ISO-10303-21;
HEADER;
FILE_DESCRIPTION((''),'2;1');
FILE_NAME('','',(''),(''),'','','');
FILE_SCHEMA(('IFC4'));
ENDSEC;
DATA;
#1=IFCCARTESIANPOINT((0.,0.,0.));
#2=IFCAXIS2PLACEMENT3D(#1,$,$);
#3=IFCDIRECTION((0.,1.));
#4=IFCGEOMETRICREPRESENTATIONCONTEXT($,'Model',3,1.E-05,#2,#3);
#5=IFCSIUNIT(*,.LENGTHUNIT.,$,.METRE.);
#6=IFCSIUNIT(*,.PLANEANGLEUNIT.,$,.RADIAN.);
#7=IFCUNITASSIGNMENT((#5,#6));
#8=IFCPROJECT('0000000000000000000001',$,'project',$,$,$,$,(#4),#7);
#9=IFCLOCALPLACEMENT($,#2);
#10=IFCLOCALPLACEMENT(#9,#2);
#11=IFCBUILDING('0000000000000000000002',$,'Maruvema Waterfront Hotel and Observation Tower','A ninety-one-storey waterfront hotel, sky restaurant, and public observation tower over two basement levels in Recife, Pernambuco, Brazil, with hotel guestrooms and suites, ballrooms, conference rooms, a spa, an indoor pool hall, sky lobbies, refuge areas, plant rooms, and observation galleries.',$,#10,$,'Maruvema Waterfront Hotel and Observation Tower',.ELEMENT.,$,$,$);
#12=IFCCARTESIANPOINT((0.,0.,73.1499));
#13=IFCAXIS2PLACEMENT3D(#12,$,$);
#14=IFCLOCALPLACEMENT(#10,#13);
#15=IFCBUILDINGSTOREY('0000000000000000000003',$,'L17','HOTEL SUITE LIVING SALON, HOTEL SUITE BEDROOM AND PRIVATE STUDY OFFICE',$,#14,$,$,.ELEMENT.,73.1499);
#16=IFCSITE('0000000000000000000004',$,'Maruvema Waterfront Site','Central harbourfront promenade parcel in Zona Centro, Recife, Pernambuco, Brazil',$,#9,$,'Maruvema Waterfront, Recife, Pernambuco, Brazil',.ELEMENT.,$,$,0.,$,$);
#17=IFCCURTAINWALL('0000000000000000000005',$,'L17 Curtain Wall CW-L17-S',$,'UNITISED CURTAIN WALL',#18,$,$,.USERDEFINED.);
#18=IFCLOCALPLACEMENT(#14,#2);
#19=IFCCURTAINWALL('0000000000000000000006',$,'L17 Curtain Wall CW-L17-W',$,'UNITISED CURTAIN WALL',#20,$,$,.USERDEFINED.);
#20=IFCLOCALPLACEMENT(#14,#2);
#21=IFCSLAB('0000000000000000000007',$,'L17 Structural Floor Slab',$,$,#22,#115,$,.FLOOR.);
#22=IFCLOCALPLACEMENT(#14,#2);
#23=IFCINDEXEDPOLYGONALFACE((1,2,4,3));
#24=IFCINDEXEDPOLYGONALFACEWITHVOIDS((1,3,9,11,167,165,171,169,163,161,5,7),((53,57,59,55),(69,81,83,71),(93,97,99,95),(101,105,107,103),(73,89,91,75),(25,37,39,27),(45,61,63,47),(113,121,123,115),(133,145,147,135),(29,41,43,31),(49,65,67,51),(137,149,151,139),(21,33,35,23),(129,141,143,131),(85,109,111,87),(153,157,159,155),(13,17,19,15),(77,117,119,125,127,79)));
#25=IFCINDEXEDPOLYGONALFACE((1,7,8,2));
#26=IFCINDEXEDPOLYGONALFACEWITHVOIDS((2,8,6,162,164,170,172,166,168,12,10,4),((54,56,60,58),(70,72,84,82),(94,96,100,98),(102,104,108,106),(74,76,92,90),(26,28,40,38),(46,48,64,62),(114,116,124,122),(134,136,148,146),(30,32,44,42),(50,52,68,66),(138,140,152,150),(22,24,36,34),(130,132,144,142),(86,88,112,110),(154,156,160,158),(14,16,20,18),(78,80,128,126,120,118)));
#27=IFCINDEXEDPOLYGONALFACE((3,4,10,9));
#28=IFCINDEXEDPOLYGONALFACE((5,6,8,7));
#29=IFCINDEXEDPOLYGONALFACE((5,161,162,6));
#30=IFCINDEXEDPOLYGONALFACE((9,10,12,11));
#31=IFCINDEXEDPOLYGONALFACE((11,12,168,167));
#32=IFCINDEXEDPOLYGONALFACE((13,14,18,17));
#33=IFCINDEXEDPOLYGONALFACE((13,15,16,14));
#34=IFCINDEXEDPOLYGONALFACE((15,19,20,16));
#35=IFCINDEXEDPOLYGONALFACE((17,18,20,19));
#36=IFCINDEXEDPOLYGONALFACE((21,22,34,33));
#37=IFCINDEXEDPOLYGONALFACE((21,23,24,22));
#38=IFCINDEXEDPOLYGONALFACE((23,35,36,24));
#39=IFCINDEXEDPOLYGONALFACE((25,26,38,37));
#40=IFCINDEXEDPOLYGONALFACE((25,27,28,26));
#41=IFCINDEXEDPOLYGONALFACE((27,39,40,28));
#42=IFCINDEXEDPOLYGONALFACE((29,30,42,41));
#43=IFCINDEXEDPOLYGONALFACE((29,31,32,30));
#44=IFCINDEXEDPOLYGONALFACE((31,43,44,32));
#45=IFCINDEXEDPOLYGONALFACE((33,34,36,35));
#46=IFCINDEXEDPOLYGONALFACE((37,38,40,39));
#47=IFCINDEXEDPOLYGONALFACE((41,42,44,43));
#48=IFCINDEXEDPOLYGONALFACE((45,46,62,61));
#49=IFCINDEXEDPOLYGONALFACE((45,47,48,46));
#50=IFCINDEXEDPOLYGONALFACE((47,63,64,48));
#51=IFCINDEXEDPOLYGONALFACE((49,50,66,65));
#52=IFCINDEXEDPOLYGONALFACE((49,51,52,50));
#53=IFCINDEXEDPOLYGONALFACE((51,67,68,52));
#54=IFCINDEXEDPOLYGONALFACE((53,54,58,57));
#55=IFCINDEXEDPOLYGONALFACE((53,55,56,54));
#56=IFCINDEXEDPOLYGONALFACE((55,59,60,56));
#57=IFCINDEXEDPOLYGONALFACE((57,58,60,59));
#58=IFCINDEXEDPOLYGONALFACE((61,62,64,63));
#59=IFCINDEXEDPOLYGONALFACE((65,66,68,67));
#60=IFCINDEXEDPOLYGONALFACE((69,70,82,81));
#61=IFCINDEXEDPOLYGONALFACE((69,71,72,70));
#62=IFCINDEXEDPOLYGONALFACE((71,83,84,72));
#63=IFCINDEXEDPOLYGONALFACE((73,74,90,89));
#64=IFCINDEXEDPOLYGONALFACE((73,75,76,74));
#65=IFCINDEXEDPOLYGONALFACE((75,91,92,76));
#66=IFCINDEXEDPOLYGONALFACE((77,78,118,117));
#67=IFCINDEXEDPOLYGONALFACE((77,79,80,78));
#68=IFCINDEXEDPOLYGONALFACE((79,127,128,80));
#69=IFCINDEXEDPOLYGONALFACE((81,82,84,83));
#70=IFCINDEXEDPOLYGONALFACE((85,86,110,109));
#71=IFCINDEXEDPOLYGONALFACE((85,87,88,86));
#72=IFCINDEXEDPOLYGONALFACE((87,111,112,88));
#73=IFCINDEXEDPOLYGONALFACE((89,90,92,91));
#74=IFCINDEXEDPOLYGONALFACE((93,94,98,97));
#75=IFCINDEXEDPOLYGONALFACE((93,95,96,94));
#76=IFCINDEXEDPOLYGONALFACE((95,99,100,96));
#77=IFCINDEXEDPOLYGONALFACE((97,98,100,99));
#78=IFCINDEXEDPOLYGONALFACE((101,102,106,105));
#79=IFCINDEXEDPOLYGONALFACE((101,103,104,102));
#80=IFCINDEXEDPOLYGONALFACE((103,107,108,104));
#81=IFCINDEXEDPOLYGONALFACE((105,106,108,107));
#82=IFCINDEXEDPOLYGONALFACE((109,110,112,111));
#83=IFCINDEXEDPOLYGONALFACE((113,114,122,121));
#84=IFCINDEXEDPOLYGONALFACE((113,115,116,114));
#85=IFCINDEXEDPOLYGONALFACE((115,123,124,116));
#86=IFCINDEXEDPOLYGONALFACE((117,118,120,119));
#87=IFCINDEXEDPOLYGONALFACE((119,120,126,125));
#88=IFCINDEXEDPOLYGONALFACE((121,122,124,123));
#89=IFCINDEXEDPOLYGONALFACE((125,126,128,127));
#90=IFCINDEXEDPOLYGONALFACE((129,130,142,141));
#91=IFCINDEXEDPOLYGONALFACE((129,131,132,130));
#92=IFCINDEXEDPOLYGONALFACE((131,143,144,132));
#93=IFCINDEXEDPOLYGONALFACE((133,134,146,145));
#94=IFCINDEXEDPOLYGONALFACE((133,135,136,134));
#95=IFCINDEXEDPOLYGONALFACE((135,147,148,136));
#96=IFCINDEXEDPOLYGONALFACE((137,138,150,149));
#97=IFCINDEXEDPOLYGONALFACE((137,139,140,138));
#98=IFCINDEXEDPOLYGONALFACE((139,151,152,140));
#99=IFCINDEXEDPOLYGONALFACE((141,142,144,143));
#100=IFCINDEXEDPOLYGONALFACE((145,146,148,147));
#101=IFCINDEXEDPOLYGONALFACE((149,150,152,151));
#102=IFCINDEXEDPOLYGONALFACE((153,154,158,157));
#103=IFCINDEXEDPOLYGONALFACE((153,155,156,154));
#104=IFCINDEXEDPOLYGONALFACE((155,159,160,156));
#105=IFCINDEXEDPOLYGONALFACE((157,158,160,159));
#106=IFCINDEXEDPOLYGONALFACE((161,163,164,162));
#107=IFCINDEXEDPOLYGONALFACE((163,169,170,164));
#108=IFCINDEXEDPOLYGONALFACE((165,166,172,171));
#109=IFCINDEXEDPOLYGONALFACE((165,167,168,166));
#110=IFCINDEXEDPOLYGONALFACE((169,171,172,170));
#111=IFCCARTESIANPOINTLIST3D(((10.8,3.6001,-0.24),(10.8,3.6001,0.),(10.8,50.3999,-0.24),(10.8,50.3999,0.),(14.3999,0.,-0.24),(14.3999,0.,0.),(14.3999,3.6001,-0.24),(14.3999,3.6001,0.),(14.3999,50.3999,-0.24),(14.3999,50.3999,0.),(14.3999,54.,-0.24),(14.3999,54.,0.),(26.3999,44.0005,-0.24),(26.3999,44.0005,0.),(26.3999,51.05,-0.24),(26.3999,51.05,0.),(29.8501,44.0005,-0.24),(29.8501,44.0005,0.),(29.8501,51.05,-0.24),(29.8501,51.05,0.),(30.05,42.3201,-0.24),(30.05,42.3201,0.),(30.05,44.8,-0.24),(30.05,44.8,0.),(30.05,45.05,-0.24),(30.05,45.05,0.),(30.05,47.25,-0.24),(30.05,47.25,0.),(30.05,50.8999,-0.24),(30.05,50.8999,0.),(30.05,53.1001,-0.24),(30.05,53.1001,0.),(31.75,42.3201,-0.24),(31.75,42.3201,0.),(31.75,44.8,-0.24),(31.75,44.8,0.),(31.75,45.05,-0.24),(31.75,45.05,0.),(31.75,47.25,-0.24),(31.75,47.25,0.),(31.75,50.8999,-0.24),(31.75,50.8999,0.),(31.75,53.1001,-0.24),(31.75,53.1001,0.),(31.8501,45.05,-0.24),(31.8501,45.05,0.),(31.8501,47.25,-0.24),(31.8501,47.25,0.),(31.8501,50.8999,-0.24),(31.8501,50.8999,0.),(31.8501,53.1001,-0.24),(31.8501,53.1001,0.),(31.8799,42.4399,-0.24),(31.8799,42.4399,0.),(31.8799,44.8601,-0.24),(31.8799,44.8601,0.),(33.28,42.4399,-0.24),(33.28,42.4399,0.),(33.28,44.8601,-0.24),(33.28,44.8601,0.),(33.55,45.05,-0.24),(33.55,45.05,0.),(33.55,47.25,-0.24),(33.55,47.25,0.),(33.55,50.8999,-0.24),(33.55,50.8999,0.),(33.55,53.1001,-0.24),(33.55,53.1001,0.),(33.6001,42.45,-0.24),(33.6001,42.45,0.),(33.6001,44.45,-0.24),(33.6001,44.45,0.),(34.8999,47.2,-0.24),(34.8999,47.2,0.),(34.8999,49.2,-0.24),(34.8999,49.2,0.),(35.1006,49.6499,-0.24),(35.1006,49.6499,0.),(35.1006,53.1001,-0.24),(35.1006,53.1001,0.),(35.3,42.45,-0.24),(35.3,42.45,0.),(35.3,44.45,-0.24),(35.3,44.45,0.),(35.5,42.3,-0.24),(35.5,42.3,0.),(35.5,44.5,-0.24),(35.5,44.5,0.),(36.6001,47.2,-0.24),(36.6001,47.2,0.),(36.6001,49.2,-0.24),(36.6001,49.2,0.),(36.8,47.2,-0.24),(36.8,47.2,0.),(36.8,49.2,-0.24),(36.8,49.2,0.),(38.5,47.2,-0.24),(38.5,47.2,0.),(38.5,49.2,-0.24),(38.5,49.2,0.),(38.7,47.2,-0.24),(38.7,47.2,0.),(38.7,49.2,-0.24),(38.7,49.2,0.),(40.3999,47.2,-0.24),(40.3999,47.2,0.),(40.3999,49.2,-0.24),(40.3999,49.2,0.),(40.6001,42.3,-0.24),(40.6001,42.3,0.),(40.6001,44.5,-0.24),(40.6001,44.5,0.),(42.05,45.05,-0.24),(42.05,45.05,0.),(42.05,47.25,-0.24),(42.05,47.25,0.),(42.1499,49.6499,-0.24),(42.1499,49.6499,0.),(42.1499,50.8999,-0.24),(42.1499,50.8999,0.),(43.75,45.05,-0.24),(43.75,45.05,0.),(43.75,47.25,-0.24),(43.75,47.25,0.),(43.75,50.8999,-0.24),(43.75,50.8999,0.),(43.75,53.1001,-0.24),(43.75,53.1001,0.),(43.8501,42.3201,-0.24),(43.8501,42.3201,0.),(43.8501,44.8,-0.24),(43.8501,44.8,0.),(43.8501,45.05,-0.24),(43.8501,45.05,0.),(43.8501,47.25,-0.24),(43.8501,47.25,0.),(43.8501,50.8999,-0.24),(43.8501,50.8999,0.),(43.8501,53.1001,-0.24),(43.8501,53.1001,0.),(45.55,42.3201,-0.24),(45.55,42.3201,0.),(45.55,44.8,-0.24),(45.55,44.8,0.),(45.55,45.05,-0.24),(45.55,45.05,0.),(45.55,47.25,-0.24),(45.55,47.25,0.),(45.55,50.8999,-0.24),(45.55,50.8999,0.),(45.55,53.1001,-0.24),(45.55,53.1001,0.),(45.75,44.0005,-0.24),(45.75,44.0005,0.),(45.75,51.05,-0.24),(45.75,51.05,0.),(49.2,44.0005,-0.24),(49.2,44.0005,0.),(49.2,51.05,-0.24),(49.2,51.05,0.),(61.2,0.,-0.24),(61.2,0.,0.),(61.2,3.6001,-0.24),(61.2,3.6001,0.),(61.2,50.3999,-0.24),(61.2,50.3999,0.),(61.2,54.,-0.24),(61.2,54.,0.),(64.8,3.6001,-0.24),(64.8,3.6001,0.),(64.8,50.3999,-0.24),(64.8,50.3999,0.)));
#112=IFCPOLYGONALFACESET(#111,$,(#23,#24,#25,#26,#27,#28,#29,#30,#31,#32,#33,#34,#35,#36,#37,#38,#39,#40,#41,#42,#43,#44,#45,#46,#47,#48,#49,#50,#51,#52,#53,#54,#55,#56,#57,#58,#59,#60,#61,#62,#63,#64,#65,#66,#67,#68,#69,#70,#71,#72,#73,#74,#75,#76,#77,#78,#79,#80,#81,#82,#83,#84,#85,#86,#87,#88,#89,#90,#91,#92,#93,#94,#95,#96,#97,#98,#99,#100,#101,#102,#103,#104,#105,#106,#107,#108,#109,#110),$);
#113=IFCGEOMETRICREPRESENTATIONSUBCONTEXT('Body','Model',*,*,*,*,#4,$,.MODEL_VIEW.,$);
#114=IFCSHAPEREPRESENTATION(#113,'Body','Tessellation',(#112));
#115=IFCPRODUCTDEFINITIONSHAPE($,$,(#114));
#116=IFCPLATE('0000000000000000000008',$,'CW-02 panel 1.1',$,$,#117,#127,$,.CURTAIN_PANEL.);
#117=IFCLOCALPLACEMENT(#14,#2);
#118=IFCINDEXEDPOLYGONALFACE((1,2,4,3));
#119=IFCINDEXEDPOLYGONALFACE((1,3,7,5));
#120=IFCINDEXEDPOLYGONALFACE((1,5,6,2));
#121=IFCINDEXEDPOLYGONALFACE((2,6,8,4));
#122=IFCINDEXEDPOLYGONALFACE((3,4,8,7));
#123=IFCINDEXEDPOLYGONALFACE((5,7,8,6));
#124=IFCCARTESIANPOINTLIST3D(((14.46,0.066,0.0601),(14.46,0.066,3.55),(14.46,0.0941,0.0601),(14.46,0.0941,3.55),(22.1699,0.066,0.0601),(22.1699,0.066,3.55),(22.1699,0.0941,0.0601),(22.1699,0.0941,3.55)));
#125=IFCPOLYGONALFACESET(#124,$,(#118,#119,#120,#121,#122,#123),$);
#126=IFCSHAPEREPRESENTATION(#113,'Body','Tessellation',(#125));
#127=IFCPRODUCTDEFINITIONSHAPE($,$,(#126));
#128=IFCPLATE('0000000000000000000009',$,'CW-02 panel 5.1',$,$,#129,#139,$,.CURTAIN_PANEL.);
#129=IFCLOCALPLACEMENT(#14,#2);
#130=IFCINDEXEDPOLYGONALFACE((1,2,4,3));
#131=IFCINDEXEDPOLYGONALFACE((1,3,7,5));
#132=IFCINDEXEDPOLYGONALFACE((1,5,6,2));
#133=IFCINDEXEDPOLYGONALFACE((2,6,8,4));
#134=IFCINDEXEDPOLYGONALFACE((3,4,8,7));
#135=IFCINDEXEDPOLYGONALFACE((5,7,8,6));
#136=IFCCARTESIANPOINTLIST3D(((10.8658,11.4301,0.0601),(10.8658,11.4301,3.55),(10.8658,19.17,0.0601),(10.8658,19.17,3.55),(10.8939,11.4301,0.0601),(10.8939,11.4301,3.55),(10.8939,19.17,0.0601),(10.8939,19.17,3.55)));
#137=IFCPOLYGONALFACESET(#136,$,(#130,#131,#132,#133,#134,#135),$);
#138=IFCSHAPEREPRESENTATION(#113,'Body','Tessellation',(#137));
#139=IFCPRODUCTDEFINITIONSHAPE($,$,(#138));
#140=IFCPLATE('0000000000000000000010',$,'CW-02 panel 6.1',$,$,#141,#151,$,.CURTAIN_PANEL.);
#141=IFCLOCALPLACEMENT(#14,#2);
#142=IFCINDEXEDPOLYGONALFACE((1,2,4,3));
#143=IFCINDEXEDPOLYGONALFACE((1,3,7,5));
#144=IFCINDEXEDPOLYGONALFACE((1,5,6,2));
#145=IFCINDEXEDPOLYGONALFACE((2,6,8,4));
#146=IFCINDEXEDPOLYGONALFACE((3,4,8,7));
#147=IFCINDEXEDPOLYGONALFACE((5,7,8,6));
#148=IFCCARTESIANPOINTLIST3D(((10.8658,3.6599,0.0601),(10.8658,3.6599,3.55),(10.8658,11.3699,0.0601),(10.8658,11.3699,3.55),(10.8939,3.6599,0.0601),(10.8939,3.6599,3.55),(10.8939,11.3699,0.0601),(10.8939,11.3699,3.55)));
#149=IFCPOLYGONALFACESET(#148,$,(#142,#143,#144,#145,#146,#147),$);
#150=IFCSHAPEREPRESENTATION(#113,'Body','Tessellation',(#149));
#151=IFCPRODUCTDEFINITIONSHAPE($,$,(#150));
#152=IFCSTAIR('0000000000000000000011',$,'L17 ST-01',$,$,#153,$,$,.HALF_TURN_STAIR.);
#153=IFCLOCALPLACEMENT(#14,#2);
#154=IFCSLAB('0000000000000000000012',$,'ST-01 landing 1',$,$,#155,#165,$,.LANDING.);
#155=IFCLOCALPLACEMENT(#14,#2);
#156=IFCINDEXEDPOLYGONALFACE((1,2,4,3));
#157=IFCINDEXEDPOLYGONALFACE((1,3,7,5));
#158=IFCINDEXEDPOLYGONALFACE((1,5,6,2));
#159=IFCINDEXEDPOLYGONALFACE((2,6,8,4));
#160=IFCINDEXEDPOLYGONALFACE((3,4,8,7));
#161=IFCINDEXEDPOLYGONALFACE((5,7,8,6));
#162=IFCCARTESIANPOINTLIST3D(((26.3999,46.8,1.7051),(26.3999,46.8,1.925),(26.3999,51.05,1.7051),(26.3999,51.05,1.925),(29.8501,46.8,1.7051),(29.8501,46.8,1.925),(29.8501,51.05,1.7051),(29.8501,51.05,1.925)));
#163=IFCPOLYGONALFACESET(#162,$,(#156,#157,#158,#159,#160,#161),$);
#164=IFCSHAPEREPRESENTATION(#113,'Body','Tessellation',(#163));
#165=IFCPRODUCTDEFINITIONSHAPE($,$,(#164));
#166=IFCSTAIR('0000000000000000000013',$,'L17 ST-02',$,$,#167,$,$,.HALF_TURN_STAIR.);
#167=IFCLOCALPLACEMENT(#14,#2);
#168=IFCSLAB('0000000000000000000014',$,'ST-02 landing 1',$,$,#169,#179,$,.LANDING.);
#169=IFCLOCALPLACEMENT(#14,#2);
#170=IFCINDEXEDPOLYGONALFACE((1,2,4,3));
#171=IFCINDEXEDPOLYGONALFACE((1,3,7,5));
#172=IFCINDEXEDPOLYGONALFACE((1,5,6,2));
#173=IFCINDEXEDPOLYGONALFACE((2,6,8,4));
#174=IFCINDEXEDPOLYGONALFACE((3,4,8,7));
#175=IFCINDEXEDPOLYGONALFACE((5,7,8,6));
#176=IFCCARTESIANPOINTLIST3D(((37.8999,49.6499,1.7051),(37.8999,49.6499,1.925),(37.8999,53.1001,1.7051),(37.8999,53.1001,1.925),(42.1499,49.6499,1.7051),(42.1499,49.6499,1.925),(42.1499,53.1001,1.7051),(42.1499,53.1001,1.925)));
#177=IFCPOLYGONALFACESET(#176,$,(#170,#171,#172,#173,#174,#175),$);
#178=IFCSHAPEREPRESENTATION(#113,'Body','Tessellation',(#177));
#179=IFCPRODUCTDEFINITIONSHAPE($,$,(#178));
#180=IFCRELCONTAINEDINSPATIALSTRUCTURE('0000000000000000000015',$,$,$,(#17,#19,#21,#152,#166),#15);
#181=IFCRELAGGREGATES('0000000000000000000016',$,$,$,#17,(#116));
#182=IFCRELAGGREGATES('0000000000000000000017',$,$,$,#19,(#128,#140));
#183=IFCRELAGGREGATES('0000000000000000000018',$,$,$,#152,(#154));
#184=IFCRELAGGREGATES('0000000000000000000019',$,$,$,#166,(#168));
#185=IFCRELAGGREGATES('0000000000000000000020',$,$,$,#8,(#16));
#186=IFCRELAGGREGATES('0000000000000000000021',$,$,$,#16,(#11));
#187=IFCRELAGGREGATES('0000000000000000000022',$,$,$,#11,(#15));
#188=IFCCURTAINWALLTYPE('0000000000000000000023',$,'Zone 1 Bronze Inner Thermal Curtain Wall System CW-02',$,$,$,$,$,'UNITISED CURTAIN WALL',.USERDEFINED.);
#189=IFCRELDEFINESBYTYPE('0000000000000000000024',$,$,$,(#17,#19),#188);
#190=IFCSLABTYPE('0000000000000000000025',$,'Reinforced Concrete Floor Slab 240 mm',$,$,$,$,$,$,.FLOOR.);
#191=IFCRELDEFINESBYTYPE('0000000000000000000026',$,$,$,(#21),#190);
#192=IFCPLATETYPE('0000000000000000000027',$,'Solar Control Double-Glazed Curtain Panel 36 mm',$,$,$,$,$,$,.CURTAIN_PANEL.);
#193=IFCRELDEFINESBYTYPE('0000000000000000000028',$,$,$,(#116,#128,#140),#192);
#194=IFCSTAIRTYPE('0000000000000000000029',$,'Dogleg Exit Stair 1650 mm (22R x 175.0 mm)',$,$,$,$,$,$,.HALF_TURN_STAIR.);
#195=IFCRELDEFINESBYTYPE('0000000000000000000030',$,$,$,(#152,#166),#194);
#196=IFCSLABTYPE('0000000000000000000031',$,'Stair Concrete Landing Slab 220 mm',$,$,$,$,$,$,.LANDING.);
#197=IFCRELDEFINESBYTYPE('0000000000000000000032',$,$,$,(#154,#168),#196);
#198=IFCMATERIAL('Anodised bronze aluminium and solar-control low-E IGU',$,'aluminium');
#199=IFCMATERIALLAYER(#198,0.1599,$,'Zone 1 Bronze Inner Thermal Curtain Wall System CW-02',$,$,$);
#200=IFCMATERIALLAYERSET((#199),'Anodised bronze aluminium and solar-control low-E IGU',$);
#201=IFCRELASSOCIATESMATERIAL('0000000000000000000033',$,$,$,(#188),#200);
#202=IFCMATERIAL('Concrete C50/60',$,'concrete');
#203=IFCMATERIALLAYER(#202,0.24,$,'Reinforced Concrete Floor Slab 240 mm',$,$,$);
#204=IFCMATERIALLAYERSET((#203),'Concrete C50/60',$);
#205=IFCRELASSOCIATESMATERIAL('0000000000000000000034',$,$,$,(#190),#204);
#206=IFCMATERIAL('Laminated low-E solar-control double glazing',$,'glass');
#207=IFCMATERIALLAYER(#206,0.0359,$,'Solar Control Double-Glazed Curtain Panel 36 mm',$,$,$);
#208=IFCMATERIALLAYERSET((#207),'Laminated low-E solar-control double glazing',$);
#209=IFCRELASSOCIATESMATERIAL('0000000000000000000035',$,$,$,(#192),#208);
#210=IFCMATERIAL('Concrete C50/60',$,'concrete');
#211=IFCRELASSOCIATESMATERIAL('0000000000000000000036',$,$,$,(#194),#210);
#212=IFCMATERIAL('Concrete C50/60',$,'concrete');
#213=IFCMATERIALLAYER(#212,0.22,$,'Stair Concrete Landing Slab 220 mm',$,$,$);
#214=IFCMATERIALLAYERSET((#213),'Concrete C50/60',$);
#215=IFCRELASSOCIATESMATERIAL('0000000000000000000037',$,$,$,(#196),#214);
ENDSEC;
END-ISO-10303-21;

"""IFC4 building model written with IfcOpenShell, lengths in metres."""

from ifc_helpers import new_model, si_unit, direction, frame, origin, origin_2d, place, context, subcontext, project, spatial, polyline, rectangle, outline, extrude, material, layer, layer_set, type_object, element, aggregate, save


model = new_model("IFC4")

# Units and contexts
model_context = context("Model", 3, precision=1e-05, world=origin(), true_north=direction((0.0, 1.0)))
body_context = subcontext(model_context, "Body", "Model", "MODEL_VIEW")
ifc_project = project(units=[si_unit("LENGTHUNIT", "METRE"), si_unit("PLANEANGLEUNIT", "RADIAN")], contexts=[model_context])

# Site, building, storey
site_placement = place(None, origin())
site = spatial("IfcSite", under=ifc_project, at=site_placement, Name="Maruvema Waterfront Site", Description="Central harbourfront promenade parcel in Zona Centro, Recife, Pernambuco, Brazil", LongName="Maruvema Waterfront, Recife, Pernambuco, Brazil", CompositionType="ELEMENT", RefElevation=0.0)
building_placement = place(site_placement, origin())
building = spatial("IfcBuilding", under=site, at=building_placement, Name="Maruvema Waterfront Hotel and Observation Tower", Description="A ninety-one-storey waterfront hotel, sky restaurant, and public observation tower over two basement levels in Recife, Pernambuco, Brazil, with hotel guestrooms and suites, ballrooms, conference rooms, a spa, an indoor pool hall, sky lobbies, refuge areas, plant rooms, and observation galleries.", LongName="Maruvema Waterfront Hotel and Observation Tower", CompositionType="ELEMENT")
storey_placement = place(building_placement, frame((0.0, 0.0, 73.1499)))
storey = spatial("IfcBuildingStorey", under=building, at=storey_placement, Name="L17", Description="HOTEL SUITE LIVING SALON, HOTEL SUITE BEDROOM AND PRIVATE STUDY OFFICE", CompositionType="ELEMENT", Elevation=73.1499)

# Curtain walls
ifc_material_1 = material(Name="Anodised bronze aluminium and solar-control low-E IGU", Category="aluminium")
ifc_layer_1 = layer(ifc_material_1, 0.1599, Name="Zone 1 Bronze Inner Thermal Curtain Wall System CW-02")
ifc_layer_set_1 = layer_set([ifc_layer_1], Name="Anodised bronze aluminium and solar-control low-E IGU")
curtain_wall_type = type_object("IfcCurtainWallType", Name="Zone 1 Bronze Inner Thermal Curtain Wall System CW-02", ElementType="UNITISED CURTAIN WALL", PredefinedType="USERDEFINED", material=ifc_layer_set_1)
curtain_wall_1_placement = place(storey_placement, origin())
curtain_wall_1 = element("IfcCurtainWall", 1, at=curtain_wall_1_placement, inside=storey, type_object=curtain_wall_type, Name="L17 Curtain Wall CW-L17-S", ObjectType="UNITISED CURTAIN WALL", PredefinedType="USERDEFINED")
curtain_wall_2_placement = place(storey_placement, origin())
curtain_wall_2 = element("IfcCurtainWall", 2, at=curtain_wall_2_placement, inside=storey, type_object=curtain_wall_type, Name="L17 Curtain Wall CW-L17-W", ObjectType="UNITISED CURTAIN WALL", PredefinedType="USERDEFINED")

# Slab
ifc_material_2 = material(Name="Concrete C50/60", Category="concrete")
ifc_layer_2 = layer(ifc_material_2, 0.24, Name="Reinforced Concrete Floor Slab 240 mm")
ifc_layer_set_2 = layer_set([ifc_layer_2], Name="Concrete C50/60")
slab_type_1 = type_object("IfcSlabType", Name="Reinforced Concrete Floor Slab 240 mm", PredefinedType="FLOOR", material=ifc_layer_set_2)
slab_1_placement = place(storey_placement, frame((0.0, 0.0, -0.24)))
element("IfcSlab", 3, at=slab_1_placement, inside=storey, type_object=slab_type_1, Name="L17 Structural Floor Slab", PredefinedType="FLOOR", context=body_context, shape_type="SweptSolid", body=[
    extrude(outline(polyline([(14.3999, 0.0), (61.2, 0.0), (61.2, 3.6001), (64.8, 3.6001), (64.8, 50.3999), (61.2, 50.3999), (61.2, 54.0), (14.3999, 54.0), (14.3999, 50.3999), (10.8, 50.3999), (10.8, 3.6001), (14.3999, 3.6001), (14.3999, 0.0)]), holes=[polyline([(26.3999, 44.0005), (26.3999, 51.05), (29.8501, 51.05), (29.8501, 44.0005), (26.3999, 44.0005)]), polyline([(30.05, 44.8), (31.75, 44.8), (31.75, 42.3201), (30.05, 42.3201), (30.05, 44.8)]), polyline([(31.75, 47.25), (31.75, 45.05), (30.05, 45.05), (30.05, 47.25), (31.75, 47.25)]), polyline([(31.75, 53.1001), (31.75, 50.8999), (30.05, 50.8999), (30.05, 53.1001), (31.75, 53.1001)]), polyline([(33.28, 44.8601), (33.28, 42.4399), (31.8799, 42.4399), (31.8799, 44.8601), (33.28, 44.8601)]), polyline([(31.8501, 47.25), (33.55, 47.25), (33.55, 45.05), (31.8501, 45.05), (31.8501, 47.25)]), polyline([(31.8501, 53.1001), (33.55, 53.1001), (33.55, 50.8999), (31.8501, 50.8999), (31.8501, 53.1001)]), polyline([(33.6001, 44.45), (35.3, 44.45), (35.3, 42.45), (33.6001, 42.45), (33.6001, 44.45)]), polyline([(34.8999, 49.2), (36.6001, 49.2), (36.6001, 47.2), (34.8999, 47.2), (34.8999, 49.2)]), polyline([(38.5, 49.2), (38.5, 47.2), (36.8, 47.2), (36.8, 49.2), (38.5, 49.2)]), polyline([(35.5, 44.5), (40.6001, 44.5), (40.6001, 42.3), (35.5, 42.3), (35.5, 44.5)]), polyline([(43.75, 50.8999), (42.1499, 50.8999), (42.1499, 49.6499), (35.1006, 49.6499), (35.1006, 53.1001), (43.75, 53.1001), (43.75, 50.8999)]), polyline([(40.3999, 49.2), (40.3999, 47.2), (38.7, 47.2), (38.7, 49.2), (40.3999, 49.2)]), polyline([(43.75, 47.25), (43.75, 45.05), (42.05, 45.05), (42.05, 47.25), (43.75, 47.25)]), polyline([(45.55, 44.8), (45.55, 42.3201), (43.8501, 42.3201), (43.8501, 44.8), (45.55, 44.8)]), polyline([(43.8501, 47.25), (45.55, 47.25), (45.55, 45.05), (43.8501, 45.05), (43.8501, 47.25)]), polyline([(45.55, 53.1001), (45.55, 50.8999), (43.8501, 50.8999), (43.8501, 53.1001), (45.55, 53.1001)]), polyline([(45.75, 51.05), (49.2, 51.05), (49.2, 44.0005), (45.75, 44.0005), (45.75, 51.05)])]), origin(), (0.0, 0.0, 1.0), 0.24),
])

# Plates
ifc_material_3 = material(Name="Laminated low-E solar-control double glazing", Category="glass")
ifc_layer_3 = layer(ifc_material_3, 0.0359, Name="Solar Control Double-Glazed Curtain Panel 36 mm")
ifc_layer_set_3 = layer_set([ifc_layer_3], Name="Laminated low-E solar-control double glazing")
plate_type = type_object("IfcPlateType", Name="Solar Control Double-Glazed Curtain Panel 36 mm", PredefinedType="CURTAIN_PANEL", material=ifc_layer_set_3)
plate_1_placement = place(storey_placement, frame((18.3149, 0.0801, 0.0601), z_axis=(0.0, 0.0, 1.0), x_axis=(1.0, 0.0, 0.0)))
plate_1 = element("IfcPlate", 4, at=plate_1_placement, type_object=plate_type, Name="CW-02 panel 1.1", PredefinedType="CURTAIN_PANEL", context=body_context, shape_type="SweptSolid", body=[
    extrude(rectangle(XDim=7.71, YDim=0.0281, at=origin_2d()), origin(), (0.0, 0.0, 1.0), 3.49),
])
aggregate(curtain_wall_1, [plate_1])
plate_2_placement = place(storey_placement, frame((10.8799, 15.3, 0.0601), z_axis=(0.0, 0.0, 1.0), x_axis=(0.0, -1.0, 0.0)))
plate_2 = element("IfcPlate", 5, at=plate_2_placement, type_object=plate_type, Name="CW-02 panel 5.1", PredefinedType="CURTAIN_PANEL", context=body_context, shape_type="SweptSolid", body=[
    extrude(rectangle(XDim=7.74, YDim=0.0281, at=origin_2d()), origin(), (0.0, 0.0, 1.0), 3.49),
])
plate_3_placement = place(storey_placement, frame((10.8799, 7.5149, 0.0601), z_axis=(0.0, 0.0, 1.0), x_axis=(0.0, -1.0, 0.0)))
plate_3 = element("IfcPlate", 6, at=plate_3_placement, type_object=plate_type, Name="CW-02 panel 6.1", PredefinedType="CURTAIN_PANEL", context=body_context, shape_type="SweptSolid", body=[
    extrude(rectangle(XDim=7.71, YDim=0.0281, at=origin_2d()), origin(), (0.0, 0.0, 1.0), 3.49),
])
aggregate(curtain_wall_2, [plate_2, plate_3])

# Stairs, slabs
ifc_material_4 = material(Name="Concrete C50/60", Category="concrete")
stair_type = type_object("IfcStairType", Name="Dogleg Exit Stair 1650 mm (22R x 175.0 mm)", PredefinedType="HALF_TURN_STAIR", material=ifc_material_4)
stair_1_placement = place(storey_placement, origin())
stair_1 = element("IfcStair", 7, at=stair_1_placement, inside=storey, type_object=stair_type, Name="L17 ST-01", PredefinedType="HALF_TURN_STAIR")
ifc_material_5 = material(Name="Concrete C50/60", Category="concrete")
ifc_layer_4 = layer(ifc_material_5, 0.22, Name="Stair Concrete Landing Slab 220 mm")
ifc_layer_set_4 = layer_set([ifc_layer_4], Name="Concrete C50/60")
slab_type_2 = type_object("IfcSlabType", Name="Stair Concrete Landing Slab 220 mm", PredefinedType="LANDING", material=ifc_layer_set_4)
slab_2_placement = place(storey_placement, frame((0.0, 0.0, 1.7051)))
slab_2 = element("IfcSlab", 8, at=slab_2_placement, type_object=slab_type_2, Name="ST-01 landing 1", PredefinedType="LANDING", context=body_context, shape_type="SweptSolid", body=[
    extrude(outline(polyline([(29.8501, 46.8), (29.8501, 51.05), (26.3999, 51.05), (26.3999, 46.8), (29.8501, 46.8)])), origin(), (0.0, 0.0, 1.0), 0.22),
])
aggregate(stair_1, [slab_2])
stair_2_placement = place(storey_placement, origin())
stair_2 = element("IfcStair", 9, at=stair_2_placement, inside=storey, type_object=stair_type, Name="L17 ST-02", PredefinedType="HALF_TURN_STAIR")
slab_3_placement = place(storey_placement, frame((0.0, 0.0, 1.7051)))
slab_3 = element("IfcSlab", 10, at=slab_3_placement, type_object=slab_type_2, Name="ST-02 landing 1", PredefinedType="LANDING", context=body_context, shape_type="SweptSolid", body=[
    extrude(outline(polyline([(37.8999, 49.6499), (42.1499, 49.6499), (42.1499, 53.1001), (37.8999, 53.1001), (37.8999, 49.6499)])), origin(), (0.0, 0.0, 1.0), 0.22),
])
aggregate(stair_2, [slab_3])

save(model, "model.ifc")
